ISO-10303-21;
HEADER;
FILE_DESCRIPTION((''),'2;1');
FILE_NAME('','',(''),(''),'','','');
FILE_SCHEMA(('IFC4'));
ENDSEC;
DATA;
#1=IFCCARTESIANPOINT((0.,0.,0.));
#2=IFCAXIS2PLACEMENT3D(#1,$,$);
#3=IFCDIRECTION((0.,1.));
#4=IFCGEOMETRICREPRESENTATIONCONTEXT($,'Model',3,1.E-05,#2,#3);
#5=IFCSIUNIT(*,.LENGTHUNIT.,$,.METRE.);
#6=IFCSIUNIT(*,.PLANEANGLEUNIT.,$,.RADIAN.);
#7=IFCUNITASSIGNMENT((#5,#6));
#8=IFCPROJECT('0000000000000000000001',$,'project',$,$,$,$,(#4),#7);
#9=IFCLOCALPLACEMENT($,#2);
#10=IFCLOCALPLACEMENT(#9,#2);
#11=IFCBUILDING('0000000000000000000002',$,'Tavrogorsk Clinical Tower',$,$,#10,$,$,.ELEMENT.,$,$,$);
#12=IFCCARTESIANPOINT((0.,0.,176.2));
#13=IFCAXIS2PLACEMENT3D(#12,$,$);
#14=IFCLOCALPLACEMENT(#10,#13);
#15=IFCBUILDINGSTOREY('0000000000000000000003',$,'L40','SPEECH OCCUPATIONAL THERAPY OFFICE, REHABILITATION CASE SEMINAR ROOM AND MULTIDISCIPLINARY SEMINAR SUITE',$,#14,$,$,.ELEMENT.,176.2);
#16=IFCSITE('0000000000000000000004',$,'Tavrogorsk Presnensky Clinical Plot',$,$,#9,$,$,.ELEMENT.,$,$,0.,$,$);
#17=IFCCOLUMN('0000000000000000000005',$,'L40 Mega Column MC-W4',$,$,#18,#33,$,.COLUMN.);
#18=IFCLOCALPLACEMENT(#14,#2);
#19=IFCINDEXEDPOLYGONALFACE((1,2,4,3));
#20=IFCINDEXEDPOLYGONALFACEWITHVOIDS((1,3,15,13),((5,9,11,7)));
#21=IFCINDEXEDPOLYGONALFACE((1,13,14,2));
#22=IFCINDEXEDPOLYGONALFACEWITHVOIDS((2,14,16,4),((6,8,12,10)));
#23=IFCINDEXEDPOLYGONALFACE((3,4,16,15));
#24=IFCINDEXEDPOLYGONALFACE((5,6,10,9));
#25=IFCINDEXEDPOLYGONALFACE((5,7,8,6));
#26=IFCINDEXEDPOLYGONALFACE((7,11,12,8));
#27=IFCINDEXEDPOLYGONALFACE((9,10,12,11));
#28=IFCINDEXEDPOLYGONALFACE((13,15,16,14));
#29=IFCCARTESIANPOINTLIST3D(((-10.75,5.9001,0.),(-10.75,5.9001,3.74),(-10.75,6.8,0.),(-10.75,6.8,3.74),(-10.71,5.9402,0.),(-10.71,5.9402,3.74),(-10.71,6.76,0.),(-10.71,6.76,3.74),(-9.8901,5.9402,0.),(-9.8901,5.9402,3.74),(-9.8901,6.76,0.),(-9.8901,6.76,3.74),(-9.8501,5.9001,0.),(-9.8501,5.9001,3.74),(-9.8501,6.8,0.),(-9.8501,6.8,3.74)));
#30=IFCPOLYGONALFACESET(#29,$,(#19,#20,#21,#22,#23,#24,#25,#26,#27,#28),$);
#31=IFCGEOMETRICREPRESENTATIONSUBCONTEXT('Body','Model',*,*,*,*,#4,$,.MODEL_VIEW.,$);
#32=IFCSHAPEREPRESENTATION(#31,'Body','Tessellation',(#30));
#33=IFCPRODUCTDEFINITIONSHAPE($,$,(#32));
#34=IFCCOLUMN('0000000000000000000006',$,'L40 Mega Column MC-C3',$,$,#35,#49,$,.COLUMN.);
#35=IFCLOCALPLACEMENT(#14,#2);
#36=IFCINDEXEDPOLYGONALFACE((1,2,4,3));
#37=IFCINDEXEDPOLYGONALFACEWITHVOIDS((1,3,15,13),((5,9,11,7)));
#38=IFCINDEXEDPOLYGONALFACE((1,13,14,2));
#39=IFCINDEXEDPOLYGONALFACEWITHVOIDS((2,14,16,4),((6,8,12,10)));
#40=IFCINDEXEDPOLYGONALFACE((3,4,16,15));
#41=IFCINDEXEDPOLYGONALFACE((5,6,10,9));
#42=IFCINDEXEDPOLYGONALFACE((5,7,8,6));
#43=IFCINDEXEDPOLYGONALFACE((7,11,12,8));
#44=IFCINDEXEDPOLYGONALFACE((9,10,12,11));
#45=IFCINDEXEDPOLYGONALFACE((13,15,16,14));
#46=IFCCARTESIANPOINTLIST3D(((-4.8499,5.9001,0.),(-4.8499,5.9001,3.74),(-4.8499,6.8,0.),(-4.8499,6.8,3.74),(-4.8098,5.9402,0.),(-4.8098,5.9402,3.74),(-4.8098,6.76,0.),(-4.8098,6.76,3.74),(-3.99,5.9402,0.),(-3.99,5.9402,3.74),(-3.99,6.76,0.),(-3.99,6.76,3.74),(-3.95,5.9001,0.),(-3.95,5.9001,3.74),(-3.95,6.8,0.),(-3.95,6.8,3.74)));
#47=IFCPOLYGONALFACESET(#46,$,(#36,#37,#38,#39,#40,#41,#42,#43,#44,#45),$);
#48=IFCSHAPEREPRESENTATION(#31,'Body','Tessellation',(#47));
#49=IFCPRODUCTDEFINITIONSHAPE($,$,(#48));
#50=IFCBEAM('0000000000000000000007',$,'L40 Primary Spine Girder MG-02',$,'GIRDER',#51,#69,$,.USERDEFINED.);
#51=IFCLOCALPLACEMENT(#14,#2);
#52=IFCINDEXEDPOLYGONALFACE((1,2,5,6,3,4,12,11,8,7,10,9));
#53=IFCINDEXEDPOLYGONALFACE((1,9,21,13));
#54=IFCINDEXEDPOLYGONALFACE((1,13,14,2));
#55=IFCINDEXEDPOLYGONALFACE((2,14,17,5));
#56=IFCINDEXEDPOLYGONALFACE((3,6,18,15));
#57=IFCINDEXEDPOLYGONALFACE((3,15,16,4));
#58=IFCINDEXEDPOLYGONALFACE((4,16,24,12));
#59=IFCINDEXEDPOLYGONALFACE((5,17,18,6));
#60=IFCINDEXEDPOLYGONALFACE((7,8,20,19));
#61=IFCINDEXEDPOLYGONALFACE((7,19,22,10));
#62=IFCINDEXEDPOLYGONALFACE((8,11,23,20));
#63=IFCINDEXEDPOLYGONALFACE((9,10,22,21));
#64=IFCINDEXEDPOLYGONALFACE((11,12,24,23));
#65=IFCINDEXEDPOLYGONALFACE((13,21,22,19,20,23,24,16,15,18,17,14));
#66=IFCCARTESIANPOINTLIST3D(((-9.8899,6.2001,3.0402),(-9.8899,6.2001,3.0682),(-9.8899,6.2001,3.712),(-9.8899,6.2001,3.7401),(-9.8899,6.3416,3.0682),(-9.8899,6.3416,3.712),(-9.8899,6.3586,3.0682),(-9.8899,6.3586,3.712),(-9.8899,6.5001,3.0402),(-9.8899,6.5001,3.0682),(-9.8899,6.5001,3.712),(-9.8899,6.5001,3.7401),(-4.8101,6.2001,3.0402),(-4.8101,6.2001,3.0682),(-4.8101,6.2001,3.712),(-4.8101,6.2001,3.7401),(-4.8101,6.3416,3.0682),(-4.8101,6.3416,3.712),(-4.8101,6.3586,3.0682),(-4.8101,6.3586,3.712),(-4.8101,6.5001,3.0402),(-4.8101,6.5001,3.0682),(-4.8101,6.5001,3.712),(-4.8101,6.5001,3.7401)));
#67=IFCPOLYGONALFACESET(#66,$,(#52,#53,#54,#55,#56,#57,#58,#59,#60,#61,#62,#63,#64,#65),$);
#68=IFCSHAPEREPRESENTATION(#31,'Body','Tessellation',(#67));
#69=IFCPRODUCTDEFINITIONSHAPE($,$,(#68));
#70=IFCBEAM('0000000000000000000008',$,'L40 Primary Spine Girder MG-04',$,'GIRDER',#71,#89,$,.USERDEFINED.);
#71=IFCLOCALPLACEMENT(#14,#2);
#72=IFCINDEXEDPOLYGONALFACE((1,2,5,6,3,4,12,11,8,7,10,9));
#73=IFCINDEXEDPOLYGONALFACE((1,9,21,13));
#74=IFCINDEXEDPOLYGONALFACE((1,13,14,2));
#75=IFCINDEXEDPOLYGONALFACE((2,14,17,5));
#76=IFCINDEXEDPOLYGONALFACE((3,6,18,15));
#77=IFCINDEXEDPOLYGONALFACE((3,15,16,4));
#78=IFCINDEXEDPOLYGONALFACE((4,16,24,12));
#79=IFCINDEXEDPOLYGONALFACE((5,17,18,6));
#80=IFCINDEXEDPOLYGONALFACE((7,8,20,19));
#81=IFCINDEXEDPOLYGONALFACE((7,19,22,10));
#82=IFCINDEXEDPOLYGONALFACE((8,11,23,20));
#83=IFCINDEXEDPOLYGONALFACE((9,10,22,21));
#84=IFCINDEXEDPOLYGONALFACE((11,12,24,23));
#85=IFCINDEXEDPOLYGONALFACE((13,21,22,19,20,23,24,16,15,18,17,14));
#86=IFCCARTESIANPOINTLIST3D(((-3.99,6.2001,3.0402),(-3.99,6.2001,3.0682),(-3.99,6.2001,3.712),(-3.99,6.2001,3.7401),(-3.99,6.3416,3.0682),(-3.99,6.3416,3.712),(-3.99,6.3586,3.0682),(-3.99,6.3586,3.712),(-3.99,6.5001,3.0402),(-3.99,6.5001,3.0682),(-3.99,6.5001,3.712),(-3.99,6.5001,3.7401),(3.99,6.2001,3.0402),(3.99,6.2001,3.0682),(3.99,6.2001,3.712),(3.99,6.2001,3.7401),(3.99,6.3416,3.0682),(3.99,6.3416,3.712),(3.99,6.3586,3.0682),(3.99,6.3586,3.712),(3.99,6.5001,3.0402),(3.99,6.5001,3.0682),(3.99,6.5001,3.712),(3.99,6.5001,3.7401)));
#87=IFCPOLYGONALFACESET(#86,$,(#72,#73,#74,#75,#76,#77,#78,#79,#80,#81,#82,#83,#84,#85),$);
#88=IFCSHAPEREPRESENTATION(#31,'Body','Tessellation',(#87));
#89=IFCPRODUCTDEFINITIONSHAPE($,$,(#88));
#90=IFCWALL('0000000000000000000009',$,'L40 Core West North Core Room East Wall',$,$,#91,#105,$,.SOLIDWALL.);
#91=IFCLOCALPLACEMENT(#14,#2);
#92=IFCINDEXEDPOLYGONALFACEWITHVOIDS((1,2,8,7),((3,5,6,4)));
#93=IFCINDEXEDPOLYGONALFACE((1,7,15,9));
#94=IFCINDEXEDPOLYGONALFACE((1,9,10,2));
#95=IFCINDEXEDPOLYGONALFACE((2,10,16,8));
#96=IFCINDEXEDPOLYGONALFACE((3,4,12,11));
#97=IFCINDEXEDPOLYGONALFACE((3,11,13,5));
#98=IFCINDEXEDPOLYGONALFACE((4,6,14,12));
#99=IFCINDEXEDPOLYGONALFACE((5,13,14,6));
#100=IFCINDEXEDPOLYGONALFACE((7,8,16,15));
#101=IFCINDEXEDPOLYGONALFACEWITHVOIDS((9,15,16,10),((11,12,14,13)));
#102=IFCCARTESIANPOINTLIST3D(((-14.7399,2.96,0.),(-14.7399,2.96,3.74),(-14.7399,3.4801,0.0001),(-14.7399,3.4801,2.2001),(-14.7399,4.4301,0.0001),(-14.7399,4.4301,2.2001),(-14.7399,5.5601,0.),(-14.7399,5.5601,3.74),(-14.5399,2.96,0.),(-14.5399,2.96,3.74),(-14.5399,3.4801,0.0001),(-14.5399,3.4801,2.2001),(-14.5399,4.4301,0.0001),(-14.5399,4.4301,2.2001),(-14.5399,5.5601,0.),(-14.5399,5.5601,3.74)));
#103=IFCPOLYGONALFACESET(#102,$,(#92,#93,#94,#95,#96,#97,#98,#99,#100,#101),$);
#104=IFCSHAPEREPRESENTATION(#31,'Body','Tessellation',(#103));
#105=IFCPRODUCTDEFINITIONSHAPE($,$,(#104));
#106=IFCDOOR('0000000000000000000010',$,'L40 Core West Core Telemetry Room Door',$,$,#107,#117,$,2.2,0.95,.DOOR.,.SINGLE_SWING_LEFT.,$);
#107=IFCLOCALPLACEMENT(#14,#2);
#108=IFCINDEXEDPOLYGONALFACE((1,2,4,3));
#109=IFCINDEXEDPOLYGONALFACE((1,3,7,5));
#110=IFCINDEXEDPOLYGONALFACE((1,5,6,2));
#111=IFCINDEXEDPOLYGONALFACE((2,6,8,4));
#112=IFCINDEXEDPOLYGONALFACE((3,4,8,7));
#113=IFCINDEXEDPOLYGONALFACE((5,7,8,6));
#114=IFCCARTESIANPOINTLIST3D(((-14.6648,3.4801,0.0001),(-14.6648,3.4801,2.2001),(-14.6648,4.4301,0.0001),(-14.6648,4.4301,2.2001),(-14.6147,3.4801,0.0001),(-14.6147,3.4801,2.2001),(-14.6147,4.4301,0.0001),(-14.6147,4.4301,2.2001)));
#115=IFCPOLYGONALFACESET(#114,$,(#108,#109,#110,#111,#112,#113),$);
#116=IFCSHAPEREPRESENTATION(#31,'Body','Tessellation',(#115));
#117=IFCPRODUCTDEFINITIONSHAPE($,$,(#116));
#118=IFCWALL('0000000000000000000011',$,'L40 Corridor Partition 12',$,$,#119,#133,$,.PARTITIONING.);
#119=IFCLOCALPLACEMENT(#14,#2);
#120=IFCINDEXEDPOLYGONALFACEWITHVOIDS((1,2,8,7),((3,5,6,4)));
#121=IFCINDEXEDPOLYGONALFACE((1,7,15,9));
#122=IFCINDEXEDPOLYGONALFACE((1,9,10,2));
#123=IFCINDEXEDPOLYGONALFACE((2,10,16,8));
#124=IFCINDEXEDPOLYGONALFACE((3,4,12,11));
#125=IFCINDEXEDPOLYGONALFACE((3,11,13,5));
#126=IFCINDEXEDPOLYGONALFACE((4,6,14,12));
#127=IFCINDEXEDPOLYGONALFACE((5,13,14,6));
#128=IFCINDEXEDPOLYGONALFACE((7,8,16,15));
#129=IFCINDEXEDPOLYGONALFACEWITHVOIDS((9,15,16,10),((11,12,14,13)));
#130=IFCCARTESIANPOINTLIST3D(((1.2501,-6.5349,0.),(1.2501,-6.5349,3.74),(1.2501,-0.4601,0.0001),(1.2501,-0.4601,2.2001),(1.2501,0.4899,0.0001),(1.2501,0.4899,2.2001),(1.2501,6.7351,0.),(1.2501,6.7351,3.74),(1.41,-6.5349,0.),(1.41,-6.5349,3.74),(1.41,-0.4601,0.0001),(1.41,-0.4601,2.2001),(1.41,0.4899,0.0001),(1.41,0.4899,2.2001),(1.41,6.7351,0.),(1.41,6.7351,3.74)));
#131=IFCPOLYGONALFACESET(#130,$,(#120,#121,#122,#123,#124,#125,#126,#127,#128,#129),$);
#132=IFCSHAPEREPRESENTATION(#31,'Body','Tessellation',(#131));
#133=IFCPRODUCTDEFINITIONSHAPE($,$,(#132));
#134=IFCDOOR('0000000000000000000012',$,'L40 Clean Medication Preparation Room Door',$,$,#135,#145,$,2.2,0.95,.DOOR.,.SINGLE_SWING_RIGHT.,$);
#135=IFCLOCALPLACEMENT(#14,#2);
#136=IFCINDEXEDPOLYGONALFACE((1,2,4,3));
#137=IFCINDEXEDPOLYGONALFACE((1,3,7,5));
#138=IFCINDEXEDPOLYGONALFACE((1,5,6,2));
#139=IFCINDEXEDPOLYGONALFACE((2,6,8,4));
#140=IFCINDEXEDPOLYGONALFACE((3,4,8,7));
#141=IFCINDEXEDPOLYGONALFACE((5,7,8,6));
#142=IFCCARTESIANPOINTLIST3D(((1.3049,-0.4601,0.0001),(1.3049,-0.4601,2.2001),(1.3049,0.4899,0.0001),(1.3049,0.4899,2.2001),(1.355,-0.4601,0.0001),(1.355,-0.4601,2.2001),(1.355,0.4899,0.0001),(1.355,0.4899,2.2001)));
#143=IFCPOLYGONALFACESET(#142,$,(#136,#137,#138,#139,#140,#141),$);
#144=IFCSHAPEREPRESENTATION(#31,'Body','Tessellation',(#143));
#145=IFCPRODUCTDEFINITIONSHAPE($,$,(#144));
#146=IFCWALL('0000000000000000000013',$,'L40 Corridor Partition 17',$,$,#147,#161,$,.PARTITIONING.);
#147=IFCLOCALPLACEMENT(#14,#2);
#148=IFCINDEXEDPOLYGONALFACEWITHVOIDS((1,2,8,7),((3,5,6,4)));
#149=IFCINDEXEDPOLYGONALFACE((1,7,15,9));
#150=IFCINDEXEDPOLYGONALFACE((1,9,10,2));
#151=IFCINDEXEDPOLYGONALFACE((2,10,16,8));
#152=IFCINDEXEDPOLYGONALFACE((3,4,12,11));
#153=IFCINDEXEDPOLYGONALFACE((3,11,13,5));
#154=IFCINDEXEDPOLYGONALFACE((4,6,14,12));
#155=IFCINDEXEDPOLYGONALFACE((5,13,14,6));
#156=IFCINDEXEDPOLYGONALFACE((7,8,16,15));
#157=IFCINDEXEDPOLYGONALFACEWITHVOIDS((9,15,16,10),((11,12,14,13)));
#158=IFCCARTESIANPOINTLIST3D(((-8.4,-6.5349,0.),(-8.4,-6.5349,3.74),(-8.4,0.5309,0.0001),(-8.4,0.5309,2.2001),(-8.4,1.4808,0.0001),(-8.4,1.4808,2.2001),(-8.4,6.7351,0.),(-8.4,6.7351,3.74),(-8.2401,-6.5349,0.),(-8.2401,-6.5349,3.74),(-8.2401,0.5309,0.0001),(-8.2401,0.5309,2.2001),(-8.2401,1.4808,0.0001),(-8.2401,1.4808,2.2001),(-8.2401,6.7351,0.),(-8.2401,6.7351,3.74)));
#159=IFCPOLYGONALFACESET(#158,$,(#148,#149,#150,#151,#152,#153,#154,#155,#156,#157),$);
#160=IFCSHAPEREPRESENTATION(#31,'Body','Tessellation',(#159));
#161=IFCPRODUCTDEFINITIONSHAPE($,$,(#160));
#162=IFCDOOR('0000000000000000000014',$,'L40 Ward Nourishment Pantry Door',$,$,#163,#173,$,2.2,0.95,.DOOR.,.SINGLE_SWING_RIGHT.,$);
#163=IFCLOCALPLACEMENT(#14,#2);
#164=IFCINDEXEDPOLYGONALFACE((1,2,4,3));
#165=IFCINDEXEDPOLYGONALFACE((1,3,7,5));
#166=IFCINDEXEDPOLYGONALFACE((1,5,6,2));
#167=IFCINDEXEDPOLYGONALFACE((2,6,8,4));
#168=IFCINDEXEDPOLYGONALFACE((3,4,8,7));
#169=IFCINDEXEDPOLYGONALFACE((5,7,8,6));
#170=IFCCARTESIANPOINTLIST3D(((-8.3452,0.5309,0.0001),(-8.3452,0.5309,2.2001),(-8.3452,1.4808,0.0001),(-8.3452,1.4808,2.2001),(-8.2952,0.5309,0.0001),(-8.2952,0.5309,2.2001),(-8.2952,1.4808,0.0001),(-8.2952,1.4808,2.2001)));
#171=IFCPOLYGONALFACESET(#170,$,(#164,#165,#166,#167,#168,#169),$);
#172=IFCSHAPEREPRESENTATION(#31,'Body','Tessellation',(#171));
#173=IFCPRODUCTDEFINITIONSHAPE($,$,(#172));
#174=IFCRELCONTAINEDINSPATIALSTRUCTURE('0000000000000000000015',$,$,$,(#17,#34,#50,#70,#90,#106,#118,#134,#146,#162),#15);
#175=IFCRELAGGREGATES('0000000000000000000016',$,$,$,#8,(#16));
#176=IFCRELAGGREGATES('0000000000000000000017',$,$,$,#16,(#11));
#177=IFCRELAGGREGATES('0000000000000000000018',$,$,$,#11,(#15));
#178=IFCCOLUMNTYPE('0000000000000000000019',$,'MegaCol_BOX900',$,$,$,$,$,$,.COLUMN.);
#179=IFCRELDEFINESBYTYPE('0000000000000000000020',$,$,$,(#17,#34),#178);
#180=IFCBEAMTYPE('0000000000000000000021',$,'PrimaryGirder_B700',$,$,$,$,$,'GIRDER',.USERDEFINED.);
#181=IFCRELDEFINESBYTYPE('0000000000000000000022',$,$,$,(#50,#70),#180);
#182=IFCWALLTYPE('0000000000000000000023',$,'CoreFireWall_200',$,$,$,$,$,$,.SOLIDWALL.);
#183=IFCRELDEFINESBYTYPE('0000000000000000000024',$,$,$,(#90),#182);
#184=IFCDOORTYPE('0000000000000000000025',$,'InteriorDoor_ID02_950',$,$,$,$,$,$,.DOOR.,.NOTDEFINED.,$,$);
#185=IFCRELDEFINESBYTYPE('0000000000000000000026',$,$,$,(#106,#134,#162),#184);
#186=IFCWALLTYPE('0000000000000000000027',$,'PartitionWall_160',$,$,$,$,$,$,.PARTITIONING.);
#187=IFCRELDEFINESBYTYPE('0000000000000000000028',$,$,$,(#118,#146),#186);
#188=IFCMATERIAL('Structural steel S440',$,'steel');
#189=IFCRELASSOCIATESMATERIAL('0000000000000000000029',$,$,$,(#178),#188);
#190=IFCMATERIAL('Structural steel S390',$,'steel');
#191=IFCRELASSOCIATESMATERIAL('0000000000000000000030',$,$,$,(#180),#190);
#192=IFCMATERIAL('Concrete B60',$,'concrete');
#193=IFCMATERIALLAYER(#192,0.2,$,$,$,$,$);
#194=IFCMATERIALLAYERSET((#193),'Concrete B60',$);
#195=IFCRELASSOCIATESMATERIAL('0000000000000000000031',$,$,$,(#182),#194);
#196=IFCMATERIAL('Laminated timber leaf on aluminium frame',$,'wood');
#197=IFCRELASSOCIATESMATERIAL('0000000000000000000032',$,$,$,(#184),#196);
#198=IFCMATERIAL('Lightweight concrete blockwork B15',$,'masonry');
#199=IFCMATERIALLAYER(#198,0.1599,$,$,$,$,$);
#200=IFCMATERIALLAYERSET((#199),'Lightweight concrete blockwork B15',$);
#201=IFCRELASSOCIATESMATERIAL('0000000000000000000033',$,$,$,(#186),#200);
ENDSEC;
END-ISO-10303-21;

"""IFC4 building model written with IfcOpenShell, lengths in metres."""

from ifc_helpers import new_model, si_unit, direction, frame, frame_2d, origin, origin_2d, place, context, subcontext, project, spatial, rectangle, hollow_rectangle, i_section, extrude, material, layer, layer_set, material_profile, profile_set, type_object, element, fill, save


model = new_model("IFC4")

# Units and contexts
model_context = context("Model", 3, precision=1e-05, world=origin(), true_north=direction((0.0, 1.0)))
body_context = subcontext(model_context, "Body", "Model", "MODEL_VIEW")
ifc_project = project(units=[si_unit("LENGTHUNIT", "METRE"), si_unit("PLANEANGLEUNIT", "RADIAN")], contexts=[model_context])

# Site, building, storey
site_placement = place(None, origin())
site = spatial("IfcSite", under=ifc_project, at=site_placement, Name="Tavrogorsk Presnensky Clinical Plot", CompositionType="ELEMENT", RefElevation=0.0)
building_placement = place(site_placement, origin())
building = spatial("IfcBuilding", under=site, at=building_placement, Name="Tavrogorsk Clinical Tower", CompositionType="ELEMENT")
storey_placement = place(building_placement, frame((0.0, 0.0, 176.2)))
storey = spatial("IfcBuildingStorey", under=building, at=storey_placement, Name="L40", Description="SPEECH OCCUPATIONAL THERAPY OFFICE, REHABILITATION CASE SEMINAR ROOM AND MULTIDISCIPLINARY SEMINAR SUITE", CompositionType="ELEMENT", Elevation=176.2)

# Columns
ifc_material_1 = material(Name="Structural steel S440", Category="steel")
ifc_material_profile_1 = material_profile(ifc_material_1, hollow_rectangle(XDim=0.8999, YDim=0.8999, WallThickness=0.04, at=origin_2d()), Name="BOX-900x900x40")
ifc_profile_set_1 = profile_set([ifc_material_profile_1], Name="Structural steel S440")
column_type = type_object("IfcColumnType", Name="MegaCol_BOX900", PredefinedType="COLUMN", material=ifc_profile_set_1)
for number, where, z_axis, x_axis, name in (
    (1, (-10.3, 6.3501, 0.0), (0.0, 0.0, 1.0), (1.0, 0.0, 0.0), "L40 Mega Column MC-W4"),
    (2, (-4.3999, 6.3501, 0.0), (0.0, 0.0, 1.0), (1.0, 0.0, 0.0), "L40 Mega Column MC-C3"),
):
    element("IfcColumn", number, at=place(storey_placement, frame(where, z_axis=z_axis, x_axis=x_axis)), inside=storey, type_object=column_type, Name=name, PredefinedType="COLUMN", context=body_context, shape_type="SweptSolid", body=[
        extrude(hollow_rectangle(XDim=0.8999, YDim=0.8999, WallThickness=0.04, at=origin_2d()), origin(), (0.0, 0.0, 1.0), 3.74),
    ])

# Beams
ifc_material_2 = material(Name="Structural steel S390", Category="steel")
ifc_material_profile_2 = material_profile(ifc_material_2, i_section(OverallWidth=0.3, OverallDepth=0.7, WebThickness=0.0171, FlangeThickness=0.0281, at=origin_2d()), Name="B-700x300x17x28")
ifc_profile_set_2 = profile_set([ifc_material_profile_2], Name="Structural steel S390")
beam_type = type_object("IfcBeamType", Name="PrimaryGirder_B700", ElementType="GIRDER", PredefinedType="USERDEFINED", material=ifc_profile_set_2)
beam_1_placement = place(storey_placement, frame((-9.8899, 6.3501, 3.3901), z_axis=(1.0, 0.0, 0.0), x_axis=(0.0, 1.0, 0.0)))
element("IfcBeam", 3, at=beam_1_placement, inside=storey, type_object=beam_type, Name="L40 Primary Spine Girder MG-02", ObjectType="GIRDER", PredefinedType="USERDEFINED", context=body_context, shape_type="SweptSolid", body=[
    extrude(i_section(OverallWidth=0.3, OverallDepth=0.7, WebThickness=0.0171, FlangeThickness=0.0281, at=origin_2d()), origin(), (0.0, 0.0, 1.0), 5.0798),
])
beam_2_placement = place(storey_placement, frame((-3.99, 6.3501, 3.3901), z_axis=(1.0, 0.0, 0.0), x_axis=(0.0, 1.0, 0.0)))
element("IfcBeam", 4, at=beam_2_placement, inside=storey, type_object=beam_type, Name="L40 Primary Spine Girder MG-04", ObjectType="GIRDER", PredefinedType="USERDEFINED", context=body_context, shape_type="SweptSolid", body=[
    extrude(i_section(OverallWidth=0.3, OverallDepth=0.7, WebThickness=0.0171, FlangeThickness=0.0281, at=origin_2d()), origin(), (0.0, 0.0, 1.0), 7.98),
])

# Walls, openings, doors
ifc_material_3 = material(Name="Concrete B60", Category="concrete")
ifc_layer_1 = layer(ifc_material_3, 0.2)
ifc_layer_set_1 = layer_set([ifc_layer_1], Name="Concrete B60")
wall_type_1 = type_object("IfcWallType", Name="CoreFireWall_200", PredefinedType="SOLIDWALL", material=ifc_layer_set_1)
wall_1_placement = place(storey_placement, frame((-14.6399, 2.96, 0.0), z_axis=(0.0, 0.0, 1.0), x_axis=(0.0, 1.0, 0.0)))
wall_1 = element("IfcWall", 5, at=wall_1_placement, inside=storey, type_object=wall_type_1, Name="L40 Core West North Core Room East Wall", PredefinedType="SOLIDWALL", context=body_context, shape_type="SweptSolid", body=[
    extrude(rectangle(XDim=2.6001, YDim=0.2, at=frame_2d((1.3, 0.0))), origin(), (0.0, 0.0, 1.0), 3.74),
])
opening_1_placement = place(wall_1_placement, frame((0.52, 0.0, 0.0)))
opening_1 = element("IfcOpeningElement", 6, at=opening_1_placement, cuts=wall_1, PredefinedType="OPENING", context=body_context, shape_type="SweptSolid", body=[
    extrude(rectangle(XDim=0.95, YDim=2.2, at=frame_2d((0.4751, 1.1001))), frame((0.0, 0.1099, 0.0), z_axis=(0.0, -1.0, 0.0), x_axis=(1.0, 0.0, 0.0)), (0.0, 0.0, 1.0), 0.22),
])
ifc_material_4 = material(Name="Laminated timber leaf on aluminium frame", Category="wood")
door_type_1 = type_object("IfcDoorType", Name="InteriorDoor_ID02_950", OperationType="NOTDEFINED", PredefinedType="DOOR", material=ifc_material_4)
door_1_placement = place(opening_1_placement, origin())
door_1 = element("IfcDoor", 7, at=door_1_placement, inside=storey, type_object=door_type_1, Name="L40 Core West Core Telemetry Room Door", OperationType="SINGLE_SWING_LEFT", OverallHeight=2.2, OverallWidth=0.95, PredefinedType="DOOR", context=body_context, shape_type="SweptSolid", body=[
    extrude(rectangle(XDim=0.95, YDim=2.2, at=frame_2d((0.4751, 1.1001))), frame((0.0, 0.0249, 0.0), z_axis=(0.0, -1.0, 0.0), x_axis=(1.0, 0.0, 0.0)), (0.0, 0.0, 1.0), 0.05),
])
fill(opening_1, door_1)
ifc_material_5 = material(Name="Lightweight concrete blockwork B15", Category="masonry")
ifc_layer_2 = layer(ifc_material_5, 0.1599)
ifc_layer_set_2 = layer_set([ifc_layer_2], Name="Lightweight concrete blockwork B15")
wall_type_2 = type_object("IfcWallType", Name="PartitionWall_160", PredefinedType="PARTITIONING", material=ifc_layer_set_2)
wall_2_placement = place(storey_placement, frame((1.3301, 6.7351, 0.0), z_axis=(0.0, 0.0, 1.0), x_axis=(0.0, -1.0, 0.0)))
wall_2 = element("IfcWall", 8, at=wall_2_placement, inside=storey, type_object=wall_type_2, Name="L40 Corridor Partition 12", PredefinedType="PARTITIONING", context=body_context, shape_type="SweptSolid", body=[
    extrude(rectangle(XDim=13.27, YDim=0.1599, at=frame_2d((6.635, 0.0))), origin(), (0.0, 0.0, 1.0), 3.74),
])
opening_2_placement = place(wall_2_placement, frame((6.2451, 0.0, 0.0)))
opening_2 = element("IfcOpeningElement", 9, at=opening_2_placement, cuts=wall_2, PredefinedType="OPENING", context=body_context, shape_type="SweptSolid", body=[
    extrude(rectangle(XDim=0.95, YDim=2.2, at=frame_2d((0.4751, 1.1001))), frame((0.0, 0.0898, 0.0), z_axis=(0.0, -1.0, 0.0), x_axis=(1.0, 0.0, 0.0)), (0.0, 0.0, 1.0), 0.1799),
])
door_2_placement = place(opening_2_placement, origin())
door_2 = element("IfcDoor", 10, at=door_2_placement, inside=storey, type_object=door_type_1, Name="L40 Clean Medication Preparation Room Door", OperationType="SINGLE_SWING_RIGHT", OverallHeight=2.2, OverallWidth=0.95, PredefinedType="DOOR", context=body_context, shape_type="SweptSolid", body=[
    extrude(rectangle(XDim=0.95, YDim=2.2, at=frame_2d((0.4751, 1.1001))), frame((0.0, 0.0249, 0.0), z_axis=(0.0, -1.0, 0.0), x_axis=(1.0, 0.0, 0.0)), (0.0, 0.0, 1.0), 0.05),
])
fill(opening_2, door_2)
wall_3_placement = place(storey_placement, frame((-8.3201, 6.7351, 0.0), z_axis=(0.0, 0.0, 1.0), x_axis=(0.0, -1.0, 0.0)))
wall_3 = element("IfcWall", 11, at=wall_3_placement, inside=storey, type_object=wall_type_2, Name="L40 Corridor Partition 17", PredefinedType="PARTITIONING", context=body_context, shape_type="SweptSolid", body=[
    extrude(rectangle(XDim=13.27, YDim=0.1599, at=frame_2d((6.635, 0.0))), origin(), (0.0, 0.0, 1.0), 3.74),
])
opening_3_placement = place(wall_3_placement, frame((5.2542, 0.0, 0.0)))
opening_3 = element("IfcOpeningElement", 12, at=opening_3_placement, cuts=wall_3, PredefinedType="OPENING", context=body_context, shape_type="SweptSolid", body=[
    extrude(rectangle(XDim=0.95, YDim=2.2, at=frame_2d((0.4751, 1.1001))), frame((0.0, 0.0898, 0.0), z_axis=(0.0, -1.0, 0.0), x_axis=(1.0, 0.0, 0.0)), (0.0, 0.0, 1.0), 0.1799),
])
door_3_placement = place(opening_3_placement, origin())
door_3 = element("IfcDoor", 13, at=door_3_placement, inside=storey, type_object=door_type_1, Name="L40 Ward Nourishment Pantry Door", OperationType="SINGLE_SWING_RIGHT", OverallHeight=2.2, OverallWidth=0.95, PredefinedType="DOOR", context=body_context, shape_type="SweptSolid", body=[
    extrude(rectangle(XDim=0.95, YDim=2.2, at=frame_2d((0.4751, 1.1001))), frame((0.0, 0.0249, 0.0), z_axis=(0.0, -1.0, 0.0), x_axis=(1.0, 0.0, 0.0)), (0.0, 0.0, 1.0), 0.05),
])
fill(opening_3, door_3)

save(model, "model.ifc")
